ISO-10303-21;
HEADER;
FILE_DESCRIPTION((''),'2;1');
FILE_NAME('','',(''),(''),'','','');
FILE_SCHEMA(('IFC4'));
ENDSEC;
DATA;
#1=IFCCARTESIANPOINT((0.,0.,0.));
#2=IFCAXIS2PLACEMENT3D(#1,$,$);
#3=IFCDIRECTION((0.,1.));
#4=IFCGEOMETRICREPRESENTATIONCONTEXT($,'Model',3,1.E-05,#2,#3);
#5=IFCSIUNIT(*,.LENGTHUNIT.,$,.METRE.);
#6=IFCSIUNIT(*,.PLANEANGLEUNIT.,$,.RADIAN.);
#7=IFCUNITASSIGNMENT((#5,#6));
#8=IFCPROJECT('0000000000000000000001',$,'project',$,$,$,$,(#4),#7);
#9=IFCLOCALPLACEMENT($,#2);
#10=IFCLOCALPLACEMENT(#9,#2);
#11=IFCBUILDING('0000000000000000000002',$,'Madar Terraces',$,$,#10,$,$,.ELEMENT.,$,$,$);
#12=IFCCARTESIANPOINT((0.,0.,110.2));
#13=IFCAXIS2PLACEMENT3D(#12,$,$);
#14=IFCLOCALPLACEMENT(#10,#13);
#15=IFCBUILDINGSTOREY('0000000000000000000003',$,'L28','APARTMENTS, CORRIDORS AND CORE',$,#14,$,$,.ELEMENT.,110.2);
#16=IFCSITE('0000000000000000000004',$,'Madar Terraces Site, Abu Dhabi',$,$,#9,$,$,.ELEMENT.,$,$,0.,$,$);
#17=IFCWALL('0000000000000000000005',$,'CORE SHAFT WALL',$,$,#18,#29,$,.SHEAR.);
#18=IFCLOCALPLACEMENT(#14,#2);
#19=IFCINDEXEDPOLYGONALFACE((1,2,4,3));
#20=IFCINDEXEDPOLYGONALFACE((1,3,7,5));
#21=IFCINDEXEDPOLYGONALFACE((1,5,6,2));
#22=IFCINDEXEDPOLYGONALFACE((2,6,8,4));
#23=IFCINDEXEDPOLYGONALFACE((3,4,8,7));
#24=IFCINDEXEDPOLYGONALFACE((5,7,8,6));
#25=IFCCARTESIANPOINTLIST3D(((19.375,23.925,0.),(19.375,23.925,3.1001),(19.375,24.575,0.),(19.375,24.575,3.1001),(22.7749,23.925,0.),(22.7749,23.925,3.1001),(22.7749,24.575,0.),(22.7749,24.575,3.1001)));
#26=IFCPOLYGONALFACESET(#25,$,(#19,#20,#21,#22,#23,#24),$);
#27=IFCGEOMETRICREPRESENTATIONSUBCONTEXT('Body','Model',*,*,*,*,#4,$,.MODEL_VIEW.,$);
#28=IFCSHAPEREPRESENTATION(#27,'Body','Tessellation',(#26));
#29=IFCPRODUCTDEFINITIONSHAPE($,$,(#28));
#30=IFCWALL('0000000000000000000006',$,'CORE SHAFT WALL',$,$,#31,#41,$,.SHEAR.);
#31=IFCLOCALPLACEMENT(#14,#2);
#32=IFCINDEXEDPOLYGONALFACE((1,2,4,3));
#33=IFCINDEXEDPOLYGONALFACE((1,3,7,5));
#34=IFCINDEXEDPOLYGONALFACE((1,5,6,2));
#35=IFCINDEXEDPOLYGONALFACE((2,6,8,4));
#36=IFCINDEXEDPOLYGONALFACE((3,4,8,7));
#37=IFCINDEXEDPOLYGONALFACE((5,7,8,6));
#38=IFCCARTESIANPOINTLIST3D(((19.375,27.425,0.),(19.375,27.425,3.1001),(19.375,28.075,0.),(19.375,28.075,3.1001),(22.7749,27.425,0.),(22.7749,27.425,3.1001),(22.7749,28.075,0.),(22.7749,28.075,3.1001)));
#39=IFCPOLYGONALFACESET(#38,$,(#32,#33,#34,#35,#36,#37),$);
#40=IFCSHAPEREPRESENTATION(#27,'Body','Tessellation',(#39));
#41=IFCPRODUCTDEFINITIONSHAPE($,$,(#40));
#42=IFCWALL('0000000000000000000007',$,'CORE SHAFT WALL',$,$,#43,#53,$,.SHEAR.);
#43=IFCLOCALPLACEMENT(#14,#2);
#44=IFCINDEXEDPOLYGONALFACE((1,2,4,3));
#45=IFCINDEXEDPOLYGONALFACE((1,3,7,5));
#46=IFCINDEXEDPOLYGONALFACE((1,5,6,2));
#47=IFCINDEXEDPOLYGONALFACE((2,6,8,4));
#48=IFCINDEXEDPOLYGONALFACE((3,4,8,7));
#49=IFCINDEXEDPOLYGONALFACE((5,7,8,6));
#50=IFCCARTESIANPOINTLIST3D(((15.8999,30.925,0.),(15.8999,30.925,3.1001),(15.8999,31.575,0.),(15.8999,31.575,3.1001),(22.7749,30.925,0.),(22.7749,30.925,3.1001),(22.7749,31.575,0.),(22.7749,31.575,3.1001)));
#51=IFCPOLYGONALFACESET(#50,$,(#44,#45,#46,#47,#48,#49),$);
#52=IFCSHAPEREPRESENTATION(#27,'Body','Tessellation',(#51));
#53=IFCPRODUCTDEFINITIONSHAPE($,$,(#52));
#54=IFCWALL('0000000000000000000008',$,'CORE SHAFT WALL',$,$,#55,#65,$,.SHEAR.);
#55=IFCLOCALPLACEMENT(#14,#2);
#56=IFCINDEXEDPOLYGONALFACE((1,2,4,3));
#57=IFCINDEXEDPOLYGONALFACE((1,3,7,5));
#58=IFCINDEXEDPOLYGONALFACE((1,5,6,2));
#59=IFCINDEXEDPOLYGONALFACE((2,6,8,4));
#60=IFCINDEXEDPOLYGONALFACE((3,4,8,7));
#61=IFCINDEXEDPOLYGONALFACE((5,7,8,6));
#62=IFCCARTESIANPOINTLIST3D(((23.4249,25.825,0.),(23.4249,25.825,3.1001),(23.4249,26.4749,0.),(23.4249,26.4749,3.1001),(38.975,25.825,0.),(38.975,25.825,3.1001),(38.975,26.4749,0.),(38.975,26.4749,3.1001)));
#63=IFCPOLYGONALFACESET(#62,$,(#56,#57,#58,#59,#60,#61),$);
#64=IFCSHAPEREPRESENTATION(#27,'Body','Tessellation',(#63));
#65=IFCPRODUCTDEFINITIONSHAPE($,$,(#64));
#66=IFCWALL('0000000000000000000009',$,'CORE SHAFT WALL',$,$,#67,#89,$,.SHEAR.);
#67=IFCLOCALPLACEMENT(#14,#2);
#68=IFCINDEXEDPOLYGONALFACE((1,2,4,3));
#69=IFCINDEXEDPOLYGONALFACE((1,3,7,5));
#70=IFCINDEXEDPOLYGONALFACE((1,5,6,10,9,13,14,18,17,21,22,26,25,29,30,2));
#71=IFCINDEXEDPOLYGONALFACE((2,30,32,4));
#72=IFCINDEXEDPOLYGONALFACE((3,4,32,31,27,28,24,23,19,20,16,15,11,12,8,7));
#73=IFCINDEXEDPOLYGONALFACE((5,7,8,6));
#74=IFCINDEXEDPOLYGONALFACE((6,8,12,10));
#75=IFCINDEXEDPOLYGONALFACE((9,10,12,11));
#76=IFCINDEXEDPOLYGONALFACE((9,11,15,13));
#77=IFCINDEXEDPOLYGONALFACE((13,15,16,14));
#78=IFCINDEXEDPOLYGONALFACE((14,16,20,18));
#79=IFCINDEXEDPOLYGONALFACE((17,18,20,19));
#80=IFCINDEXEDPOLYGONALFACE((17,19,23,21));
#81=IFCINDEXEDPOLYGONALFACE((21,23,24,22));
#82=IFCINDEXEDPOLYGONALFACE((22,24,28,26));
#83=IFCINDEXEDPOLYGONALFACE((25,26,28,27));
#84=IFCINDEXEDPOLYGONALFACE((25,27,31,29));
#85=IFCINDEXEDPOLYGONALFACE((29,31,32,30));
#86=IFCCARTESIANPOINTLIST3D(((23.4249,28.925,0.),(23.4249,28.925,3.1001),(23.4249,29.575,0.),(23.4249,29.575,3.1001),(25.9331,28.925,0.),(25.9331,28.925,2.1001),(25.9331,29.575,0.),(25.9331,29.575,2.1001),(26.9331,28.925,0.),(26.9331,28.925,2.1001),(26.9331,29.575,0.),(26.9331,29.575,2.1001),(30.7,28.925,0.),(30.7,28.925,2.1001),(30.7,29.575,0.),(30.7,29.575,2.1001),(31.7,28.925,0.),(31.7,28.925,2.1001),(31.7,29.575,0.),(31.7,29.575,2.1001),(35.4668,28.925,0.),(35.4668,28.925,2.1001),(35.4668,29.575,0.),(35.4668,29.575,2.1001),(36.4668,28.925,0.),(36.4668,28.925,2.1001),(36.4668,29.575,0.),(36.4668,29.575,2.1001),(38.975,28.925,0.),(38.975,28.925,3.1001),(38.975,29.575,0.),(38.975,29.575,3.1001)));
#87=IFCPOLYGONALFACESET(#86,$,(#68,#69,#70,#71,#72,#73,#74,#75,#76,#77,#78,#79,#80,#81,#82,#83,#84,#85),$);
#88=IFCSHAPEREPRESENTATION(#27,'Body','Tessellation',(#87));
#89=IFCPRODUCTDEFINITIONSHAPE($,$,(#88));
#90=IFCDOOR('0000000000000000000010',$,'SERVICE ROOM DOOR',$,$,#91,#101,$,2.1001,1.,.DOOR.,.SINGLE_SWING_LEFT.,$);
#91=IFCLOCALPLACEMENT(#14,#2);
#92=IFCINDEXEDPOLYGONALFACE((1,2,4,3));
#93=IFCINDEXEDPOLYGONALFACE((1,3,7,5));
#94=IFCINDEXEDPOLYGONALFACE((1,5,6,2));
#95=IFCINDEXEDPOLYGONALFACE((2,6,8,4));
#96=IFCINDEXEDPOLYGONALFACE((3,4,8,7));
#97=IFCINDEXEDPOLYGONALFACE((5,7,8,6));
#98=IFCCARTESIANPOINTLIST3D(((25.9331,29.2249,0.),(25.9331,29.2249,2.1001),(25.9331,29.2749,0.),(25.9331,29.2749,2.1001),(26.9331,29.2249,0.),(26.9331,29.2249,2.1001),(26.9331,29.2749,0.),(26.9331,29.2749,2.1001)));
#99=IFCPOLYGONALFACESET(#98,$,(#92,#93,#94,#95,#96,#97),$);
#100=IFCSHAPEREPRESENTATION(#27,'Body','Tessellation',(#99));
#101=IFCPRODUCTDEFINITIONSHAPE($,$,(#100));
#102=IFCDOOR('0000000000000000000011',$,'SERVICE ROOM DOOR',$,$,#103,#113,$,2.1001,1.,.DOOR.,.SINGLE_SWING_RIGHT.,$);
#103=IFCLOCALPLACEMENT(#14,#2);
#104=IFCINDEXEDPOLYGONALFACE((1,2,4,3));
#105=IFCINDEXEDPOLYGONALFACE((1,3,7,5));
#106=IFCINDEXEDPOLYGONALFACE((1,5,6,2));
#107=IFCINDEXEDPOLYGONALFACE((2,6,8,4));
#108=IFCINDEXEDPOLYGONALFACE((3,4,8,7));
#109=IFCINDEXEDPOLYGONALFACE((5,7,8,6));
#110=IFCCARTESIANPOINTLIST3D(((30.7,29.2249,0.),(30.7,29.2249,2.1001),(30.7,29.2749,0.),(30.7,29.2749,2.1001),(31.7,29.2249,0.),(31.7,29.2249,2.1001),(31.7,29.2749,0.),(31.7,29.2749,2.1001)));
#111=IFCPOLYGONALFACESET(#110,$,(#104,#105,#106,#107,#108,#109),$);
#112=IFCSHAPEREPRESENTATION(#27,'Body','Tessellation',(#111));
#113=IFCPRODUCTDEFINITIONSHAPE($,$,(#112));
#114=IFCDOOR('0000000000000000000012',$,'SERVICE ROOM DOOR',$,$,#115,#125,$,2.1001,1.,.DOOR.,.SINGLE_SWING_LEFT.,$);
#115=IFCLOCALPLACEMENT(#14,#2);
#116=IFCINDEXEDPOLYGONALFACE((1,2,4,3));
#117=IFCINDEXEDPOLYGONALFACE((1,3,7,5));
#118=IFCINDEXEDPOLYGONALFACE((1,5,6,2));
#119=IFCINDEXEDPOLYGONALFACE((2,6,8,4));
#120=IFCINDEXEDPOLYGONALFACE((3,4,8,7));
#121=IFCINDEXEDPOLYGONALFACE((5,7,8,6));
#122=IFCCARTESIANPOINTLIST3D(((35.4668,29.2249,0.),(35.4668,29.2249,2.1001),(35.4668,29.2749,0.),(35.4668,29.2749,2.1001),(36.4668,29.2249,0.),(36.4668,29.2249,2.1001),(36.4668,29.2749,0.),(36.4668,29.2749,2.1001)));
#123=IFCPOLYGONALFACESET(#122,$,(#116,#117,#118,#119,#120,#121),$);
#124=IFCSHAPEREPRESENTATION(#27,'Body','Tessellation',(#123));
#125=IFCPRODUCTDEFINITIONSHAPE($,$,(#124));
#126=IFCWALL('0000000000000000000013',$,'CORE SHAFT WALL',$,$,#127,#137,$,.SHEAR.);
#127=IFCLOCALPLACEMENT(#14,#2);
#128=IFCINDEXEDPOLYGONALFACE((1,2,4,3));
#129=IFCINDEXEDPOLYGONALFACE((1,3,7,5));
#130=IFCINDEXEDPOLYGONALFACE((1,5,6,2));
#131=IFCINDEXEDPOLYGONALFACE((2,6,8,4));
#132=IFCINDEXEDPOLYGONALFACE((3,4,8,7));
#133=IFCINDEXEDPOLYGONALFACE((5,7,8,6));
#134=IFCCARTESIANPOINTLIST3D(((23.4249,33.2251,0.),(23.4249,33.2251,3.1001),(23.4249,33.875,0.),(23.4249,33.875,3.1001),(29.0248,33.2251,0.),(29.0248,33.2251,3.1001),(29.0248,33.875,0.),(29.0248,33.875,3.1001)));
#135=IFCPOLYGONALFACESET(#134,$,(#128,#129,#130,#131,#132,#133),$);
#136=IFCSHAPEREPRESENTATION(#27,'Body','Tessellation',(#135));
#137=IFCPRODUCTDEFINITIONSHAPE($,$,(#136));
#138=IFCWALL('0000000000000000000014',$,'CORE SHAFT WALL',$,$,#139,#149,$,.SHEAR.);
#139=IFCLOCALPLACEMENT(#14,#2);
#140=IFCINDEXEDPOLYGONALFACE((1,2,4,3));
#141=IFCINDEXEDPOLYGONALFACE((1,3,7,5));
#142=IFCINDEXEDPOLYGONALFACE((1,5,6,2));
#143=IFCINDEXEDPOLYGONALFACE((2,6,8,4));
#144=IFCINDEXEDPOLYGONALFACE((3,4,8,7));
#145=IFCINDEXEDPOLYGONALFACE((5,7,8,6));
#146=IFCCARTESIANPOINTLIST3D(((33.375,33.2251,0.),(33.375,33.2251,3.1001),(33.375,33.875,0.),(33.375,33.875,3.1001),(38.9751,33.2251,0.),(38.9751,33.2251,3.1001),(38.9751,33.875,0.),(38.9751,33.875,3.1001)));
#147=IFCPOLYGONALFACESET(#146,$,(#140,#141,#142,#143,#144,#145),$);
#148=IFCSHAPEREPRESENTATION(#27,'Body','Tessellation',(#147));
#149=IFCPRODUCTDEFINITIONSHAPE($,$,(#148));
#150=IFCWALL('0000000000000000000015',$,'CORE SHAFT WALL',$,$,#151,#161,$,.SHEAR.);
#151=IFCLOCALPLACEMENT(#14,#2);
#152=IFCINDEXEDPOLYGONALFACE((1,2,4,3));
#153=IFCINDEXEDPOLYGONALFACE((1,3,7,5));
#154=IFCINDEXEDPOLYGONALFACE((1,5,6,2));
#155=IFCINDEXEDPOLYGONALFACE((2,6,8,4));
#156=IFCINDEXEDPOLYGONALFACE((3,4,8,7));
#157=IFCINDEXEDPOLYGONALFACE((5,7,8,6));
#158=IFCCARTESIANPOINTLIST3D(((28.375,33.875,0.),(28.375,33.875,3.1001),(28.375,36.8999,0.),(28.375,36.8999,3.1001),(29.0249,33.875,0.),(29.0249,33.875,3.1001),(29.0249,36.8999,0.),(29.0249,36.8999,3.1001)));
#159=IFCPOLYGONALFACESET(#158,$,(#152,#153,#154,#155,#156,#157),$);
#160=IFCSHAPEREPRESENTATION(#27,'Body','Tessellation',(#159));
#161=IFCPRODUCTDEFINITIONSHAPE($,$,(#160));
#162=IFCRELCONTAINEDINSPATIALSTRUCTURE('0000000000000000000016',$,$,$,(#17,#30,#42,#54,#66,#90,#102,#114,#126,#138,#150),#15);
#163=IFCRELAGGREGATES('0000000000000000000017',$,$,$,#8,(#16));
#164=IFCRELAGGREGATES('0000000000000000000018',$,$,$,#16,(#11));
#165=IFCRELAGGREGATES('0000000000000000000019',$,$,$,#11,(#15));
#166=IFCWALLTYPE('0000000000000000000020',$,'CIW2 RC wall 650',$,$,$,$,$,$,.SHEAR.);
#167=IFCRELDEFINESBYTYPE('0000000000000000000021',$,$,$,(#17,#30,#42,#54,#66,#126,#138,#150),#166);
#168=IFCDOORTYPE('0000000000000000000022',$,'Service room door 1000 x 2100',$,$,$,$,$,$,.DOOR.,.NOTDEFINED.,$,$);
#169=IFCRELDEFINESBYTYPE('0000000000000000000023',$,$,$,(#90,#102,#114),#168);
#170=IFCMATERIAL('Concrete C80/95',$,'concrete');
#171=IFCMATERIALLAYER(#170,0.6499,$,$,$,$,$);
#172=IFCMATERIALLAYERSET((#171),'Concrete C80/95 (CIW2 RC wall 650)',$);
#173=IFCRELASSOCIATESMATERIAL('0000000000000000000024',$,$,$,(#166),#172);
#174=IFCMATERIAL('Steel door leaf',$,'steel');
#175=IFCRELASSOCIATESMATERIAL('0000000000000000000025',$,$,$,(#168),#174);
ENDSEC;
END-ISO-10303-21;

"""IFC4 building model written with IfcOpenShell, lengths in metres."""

from ifc_helpers import new_model, si_unit, direction, frame, frame_2d, origin, place, context, subcontext, project, spatial, rectangle, extrude, material, layer, layer_set, type_object, element, fill, save


model = new_model("IFC4")

# Units and contexts
model_context = context("Model", 3, precision=1e-05, world=origin(), true_north=direction((0.0, 1.0)))
body_context = subcontext(model_context, "Body", "Model", "MODEL_VIEW")
ifc_project = project(units=[si_unit("LENGTHUNIT", "METRE"), si_unit("PLANEANGLEUNIT", "RADIAN")], contexts=[model_context])

# Site, building, storey
site_placement = place(None, origin())
site = spatial("IfcSite", under=ifc_project, at=site_placement, Name="Madar Terraces Site, Abu Dhabi", CompositionType="ELEMENT", RefElevation=0.0)
building_placement = place(site_placement, origin())
building = spatial("IfcBuilding", under=site, at=building_placement, Name="Madar Terraces", CompositionType="ELEMENT")
storey_placement = place(building_placement, frame((0.0, 0.0, 110.2)))
storey = spatial("IfcBuildingStorey", under=building, at=storey_placement, Name="L28", Description="APARTMENTS, CORRIDORS AND CORE", CompositionType="ELEMENT", Elevation=110.2)

# Walls
ifc_material_1 = material(Name="Concrete C80/95", Category="concrete")
ifc_layer_1 = layer(ifc_material_1, 0.6499)
ifc_layer_set_1 = layer_set([ifc_layer_1], Name="Concrete C80/95 (CIW2 RC wall 650)")
wall_type_1 = type_object("IfcWallType", Name="CIW2 RC wall 650", PredefinedType="SHEAR", material=ifc_layer_set_1)
for number, where, z_axis, x_axis, name in (
    (1, (19.375, 24.25, 0.0), (0.0, 0.0, 1.0), (1.0, 0.0, 0.0), "CORE SHAFT WALL"),
    (2, (19.375, 27.75, 0.0), (0.0, 0.0, 1.0), (1.0, 0.0, 0.0), "CORE SHAFT WALL"),
):
    element("IfcWall", number, at=place(storey_placement, frame(where, z_axis=z_axis, x_axis=x_axis)), inside=storey, type_object=wall_type_1, Name=name, PredefinedType="SHEAR", context=body_context, shape_type="SweptSolid", body=[
        extrude(rectangle(XDim=3.3999, YDim=0.6499, at=frame_2d((1.7, 0.0))), origin(), (0.0, 0.0, 1.0), 3.1001),
    ])
wall_1_placement = place(storey_placement, frame((15.8999, 31.25, 0.0), z_axis=(0.0, 0.0, 1.0), x_axis=(1.0, 0.0, 0.0)))
element("IfcWall", 3, at=wall_1_placement, inside=storey, type_object=wall_type_1, Name="CORE SHAFT WALL", PredefinedType="SHEAR", context=body_context, shape_type="SweptSolid", body=[
    extrude(rectangle(XDim=6.875, YDim=0.6499, at=frame_2d((3.4375, 0.0))), origin(), (0.0, 0.0, 1.0), 3.1001),
])
wall_2_placement = place(storey_placement, frame((23.425, 26.1499, 0.0), z_axis=(0.0, 0.0, 1.0), x_axis=(1.0, 0.0, 0.0)))
element("IfcWall", 4, at=wall_2_placement, inside=storey, type_object=wall_type_1, Name="CORE SHAFT WALL", PredefinedType="SHEAR", context=body_context, shape_type="SweptSolid", body=[
    extrude(rectangle(XDim=15.55, YDim=0.6499, at=frame_2d((7.7749, 0.0))), origin(), (0.0, 0.0, 1.0), 3.1001),
])

# Wall, openings, doors
wall_3_placement = place(storey_placement, frame((23.425, 29.25, 0.0), z_axis=(0.0, 0.0, 1.0), x_axis=(1.0, 0.0, 0.0)))
wall_3 = element("IfcWall", 5, at=wall_3_placement, inside=storey, type_object=wall_type_1, Name="CORE SHAFT WALL", PredefinedType="SHEAR", context=body_context, shape_type="SweptSolid", body=[
    extrude(rectangle(XDim=15.55, YDim=0.6499, at=frame_2d((7.7749, 0.0))), origin(), (0.0, 0.0, 1.0), 3.1001),
])
opening_1_placement = place(wall_3_placement, frame((2.5081, 0.0, 0.0)))
opening_1 = element("IfcOpeningElement", 6, at=opening_1_placement, cuts=wall_3, PredefinedType="OPENING", context=body_context, shape_type="SweptSolid", body=[
    extrude(rectangle(XDim=1.0, YDim=2.1001, at=frame_2d((0.5, 1.05))), frame((0.0, 0.335, 0.0), z_axis=(0.0, -1.0, 0.0), x_axis=(1.0, 0.0, 0.0)), (0.0, 0.0, 1.0), 0.6699),
])
opening_2_placement = place(wall_3_placement, frame((7.2749, 0.0, 0.0)))
opening_2 = element("IfcOpeningElement", 7, at=opening_2_placement, cuts=wall_3, PredefinedType="OPENING", context=body_context, shape_type="SweptSolid", body=[
    extrude(rectangle(XDim=1.0, YDim=2.1001, at=frame_2d((0.5, 1.05))), frame((0.0, 0.335, 0.0), z_axis=(0.0, -1.0, 0.0), x_axis=(1.0, 0.0, 0.0)), (0.0, 0.0, 1.0), 0.6699),
])
opening_3_placement = place(wall_3_placement, frame((12.0417, 0.0, 0.0)))
opening_3 = element("IfcOpeningElement", 8, at=opening_3_placement, cuts=wall_3, PredefinedType="OPENING", context=body_context, shape_type="SweptSolid", body=[
    extrude(rectangle(XDim=1.0, YDim=2.1001, at=frame_2d((0.5, 1.05))), frame((0.0, 0.335, 0.0), z_axis=(0.0, -1.0, 0.0), x_axis=(1.0, 0.0, 0.0)), (0.0, 0.0, 1.0), 0.6699),
])
ifc_material_2 = material(Name="Steel door leaf", Category="steel")
door_type_1 = type_object("IfcDoorType", Name="Service room door 1000 x 2100", OperationType="NOTDEFINED", PredefinedType="DOOR", material=ifc_material_2)
door_1_placement = place(opening_1_placement, origin())
door_1 = element("IfcDoor", 9, at=door_1_placement, inside=storey, type_object=door_type_1, Name="SERVICE ROOM DOOR", OperationType="SINGLE_SWING_LEFT", OverallHeight=2.1001, OverallWidth=1.0, PredefinedType="DOOR", context=body_context, shape_type="SweptSolid", body=[
    extrude(rectangle(XDim=1.0, YDim=2.1001, at=frame_2d((0.5, 1.05))), frame((0.0, 0.0249, 0.0), z_axis=(0.0, -1.0, 0.0), x_axis=(1.0, 0.0, 0.0)), (0.0, 0.0, 1.0), 0.05),
])
fill(opening_1, door_1)
door_2_placement = place(opening_2_placement, origin())
door_2 = element("IfcDoor", 10, at=door_2_placement, inside=storey, type_object=door_type_1, Name="SERVICE ROOM DOOR", OperationType="SINGLE_SWING_RIGHT", OverallHeight=2.1001, OverallWidth=1.0, PredefinedType="DOOR", context=body_context, shape_type="SweptSolid", body=[
    extrude(rectangle(XDim=1.0, YDim=2.1001, at=frame_2d((0.5, 1.05))), frame((0.0, 0.0249, 0.0), z_axis=(0.0, -1.0, 0.0), x_axis=(1.0, 0.0, 0.0)), (0.0, 0.0, 1.0), 0.05),
])
fill(opening_2, door_2)
door_3_placement = place(opening_3_placement, origin())
door_3 = element("IfcDoor", 11, at=door_3_placement, inside=storey, type_object=door_type_1, Name="SERVICE ROOM DOOR", OperationType="SINGLE_SWING_LEFT", OverallHeight=2.1001, OverallWidth=1.0, PredefinedType="DOOR", context=body_context, shape_type="SweptSolid", body=[
    extrude(rectangle(XDim=1.0, YDim=2.1001, at=frame_2d((0.5, 1.05))), frame((0.0, 0.0249, 0.0), z_axis=(0.0, -1.0, 0.0), x_axis=(1.0, 0.0, 0.0)), (0.0, 0.0, 1.0), 0.05),
])
fill(opening_3, door_3)

# Walls
wall_4_placement = place(storey_placement, frame((23.425, 33.55, 0.0), z_axis=(0.0, 0.0, 1.0), x_axis=(1.0, 0.0, 0.0)))
element("IfcWall", 12, at=wall_4_placement, inside=storey, type_object=wall_type_1, Name="CORE SHAFT WALL", PredefinedType="SHEAR", context=body_context, shape_type="SweptSolid", body=[
    extrude(rectangle(XDim=5.5999, YDim=0.6499, at=frame_2d((2.7998, 0.0))), origin(), (0.0, 0.0, 1.0), 3.1001),
])
wall_5_placement = place(storey_placement, frame((33.375, 33.55, 0.0), z_axis=(0.0, 0.0, 1.0), x_axis=(1.0, 0.0, 0.0)))
element("IfcWall", 13, at=wall_5_placement, inside=storey, type_object=wall_type_1, Name="CORE SHAFT WALL", PredefinedType="SHEAR", context=body_context, shape_type="SweptSolid", body=[
    extrude(rectangle(XDim=5.6001, YDim=0.6499, at=frame_2d((2.8, 0.0))), origin(), (0.0, 0.0, 1.0), 3.1001),
])
wall_6_placement = place(storey_placement, frame((28.7, 33.875, 0.0), z_axis=(0.0, 0.0, 1.0), x_axis=(0.0, 1.0, 0.0)))
element("IfcWall", 14, at=wall_6_placement, inside=storey, type_object=wall_type_1, Name="CORE SHAFT WALL", PredefinedType="SHEAR", context=body_context, shape_type="SweptSolid", body=[
    extrude(rectangle(XDim=3.0249, YDim=0.6499, at=frame_2d((1.5125, 0.0))), origin(), (0.0, 0.0, 1.0), 3.1001),
])

save(model, "model.ifc")
